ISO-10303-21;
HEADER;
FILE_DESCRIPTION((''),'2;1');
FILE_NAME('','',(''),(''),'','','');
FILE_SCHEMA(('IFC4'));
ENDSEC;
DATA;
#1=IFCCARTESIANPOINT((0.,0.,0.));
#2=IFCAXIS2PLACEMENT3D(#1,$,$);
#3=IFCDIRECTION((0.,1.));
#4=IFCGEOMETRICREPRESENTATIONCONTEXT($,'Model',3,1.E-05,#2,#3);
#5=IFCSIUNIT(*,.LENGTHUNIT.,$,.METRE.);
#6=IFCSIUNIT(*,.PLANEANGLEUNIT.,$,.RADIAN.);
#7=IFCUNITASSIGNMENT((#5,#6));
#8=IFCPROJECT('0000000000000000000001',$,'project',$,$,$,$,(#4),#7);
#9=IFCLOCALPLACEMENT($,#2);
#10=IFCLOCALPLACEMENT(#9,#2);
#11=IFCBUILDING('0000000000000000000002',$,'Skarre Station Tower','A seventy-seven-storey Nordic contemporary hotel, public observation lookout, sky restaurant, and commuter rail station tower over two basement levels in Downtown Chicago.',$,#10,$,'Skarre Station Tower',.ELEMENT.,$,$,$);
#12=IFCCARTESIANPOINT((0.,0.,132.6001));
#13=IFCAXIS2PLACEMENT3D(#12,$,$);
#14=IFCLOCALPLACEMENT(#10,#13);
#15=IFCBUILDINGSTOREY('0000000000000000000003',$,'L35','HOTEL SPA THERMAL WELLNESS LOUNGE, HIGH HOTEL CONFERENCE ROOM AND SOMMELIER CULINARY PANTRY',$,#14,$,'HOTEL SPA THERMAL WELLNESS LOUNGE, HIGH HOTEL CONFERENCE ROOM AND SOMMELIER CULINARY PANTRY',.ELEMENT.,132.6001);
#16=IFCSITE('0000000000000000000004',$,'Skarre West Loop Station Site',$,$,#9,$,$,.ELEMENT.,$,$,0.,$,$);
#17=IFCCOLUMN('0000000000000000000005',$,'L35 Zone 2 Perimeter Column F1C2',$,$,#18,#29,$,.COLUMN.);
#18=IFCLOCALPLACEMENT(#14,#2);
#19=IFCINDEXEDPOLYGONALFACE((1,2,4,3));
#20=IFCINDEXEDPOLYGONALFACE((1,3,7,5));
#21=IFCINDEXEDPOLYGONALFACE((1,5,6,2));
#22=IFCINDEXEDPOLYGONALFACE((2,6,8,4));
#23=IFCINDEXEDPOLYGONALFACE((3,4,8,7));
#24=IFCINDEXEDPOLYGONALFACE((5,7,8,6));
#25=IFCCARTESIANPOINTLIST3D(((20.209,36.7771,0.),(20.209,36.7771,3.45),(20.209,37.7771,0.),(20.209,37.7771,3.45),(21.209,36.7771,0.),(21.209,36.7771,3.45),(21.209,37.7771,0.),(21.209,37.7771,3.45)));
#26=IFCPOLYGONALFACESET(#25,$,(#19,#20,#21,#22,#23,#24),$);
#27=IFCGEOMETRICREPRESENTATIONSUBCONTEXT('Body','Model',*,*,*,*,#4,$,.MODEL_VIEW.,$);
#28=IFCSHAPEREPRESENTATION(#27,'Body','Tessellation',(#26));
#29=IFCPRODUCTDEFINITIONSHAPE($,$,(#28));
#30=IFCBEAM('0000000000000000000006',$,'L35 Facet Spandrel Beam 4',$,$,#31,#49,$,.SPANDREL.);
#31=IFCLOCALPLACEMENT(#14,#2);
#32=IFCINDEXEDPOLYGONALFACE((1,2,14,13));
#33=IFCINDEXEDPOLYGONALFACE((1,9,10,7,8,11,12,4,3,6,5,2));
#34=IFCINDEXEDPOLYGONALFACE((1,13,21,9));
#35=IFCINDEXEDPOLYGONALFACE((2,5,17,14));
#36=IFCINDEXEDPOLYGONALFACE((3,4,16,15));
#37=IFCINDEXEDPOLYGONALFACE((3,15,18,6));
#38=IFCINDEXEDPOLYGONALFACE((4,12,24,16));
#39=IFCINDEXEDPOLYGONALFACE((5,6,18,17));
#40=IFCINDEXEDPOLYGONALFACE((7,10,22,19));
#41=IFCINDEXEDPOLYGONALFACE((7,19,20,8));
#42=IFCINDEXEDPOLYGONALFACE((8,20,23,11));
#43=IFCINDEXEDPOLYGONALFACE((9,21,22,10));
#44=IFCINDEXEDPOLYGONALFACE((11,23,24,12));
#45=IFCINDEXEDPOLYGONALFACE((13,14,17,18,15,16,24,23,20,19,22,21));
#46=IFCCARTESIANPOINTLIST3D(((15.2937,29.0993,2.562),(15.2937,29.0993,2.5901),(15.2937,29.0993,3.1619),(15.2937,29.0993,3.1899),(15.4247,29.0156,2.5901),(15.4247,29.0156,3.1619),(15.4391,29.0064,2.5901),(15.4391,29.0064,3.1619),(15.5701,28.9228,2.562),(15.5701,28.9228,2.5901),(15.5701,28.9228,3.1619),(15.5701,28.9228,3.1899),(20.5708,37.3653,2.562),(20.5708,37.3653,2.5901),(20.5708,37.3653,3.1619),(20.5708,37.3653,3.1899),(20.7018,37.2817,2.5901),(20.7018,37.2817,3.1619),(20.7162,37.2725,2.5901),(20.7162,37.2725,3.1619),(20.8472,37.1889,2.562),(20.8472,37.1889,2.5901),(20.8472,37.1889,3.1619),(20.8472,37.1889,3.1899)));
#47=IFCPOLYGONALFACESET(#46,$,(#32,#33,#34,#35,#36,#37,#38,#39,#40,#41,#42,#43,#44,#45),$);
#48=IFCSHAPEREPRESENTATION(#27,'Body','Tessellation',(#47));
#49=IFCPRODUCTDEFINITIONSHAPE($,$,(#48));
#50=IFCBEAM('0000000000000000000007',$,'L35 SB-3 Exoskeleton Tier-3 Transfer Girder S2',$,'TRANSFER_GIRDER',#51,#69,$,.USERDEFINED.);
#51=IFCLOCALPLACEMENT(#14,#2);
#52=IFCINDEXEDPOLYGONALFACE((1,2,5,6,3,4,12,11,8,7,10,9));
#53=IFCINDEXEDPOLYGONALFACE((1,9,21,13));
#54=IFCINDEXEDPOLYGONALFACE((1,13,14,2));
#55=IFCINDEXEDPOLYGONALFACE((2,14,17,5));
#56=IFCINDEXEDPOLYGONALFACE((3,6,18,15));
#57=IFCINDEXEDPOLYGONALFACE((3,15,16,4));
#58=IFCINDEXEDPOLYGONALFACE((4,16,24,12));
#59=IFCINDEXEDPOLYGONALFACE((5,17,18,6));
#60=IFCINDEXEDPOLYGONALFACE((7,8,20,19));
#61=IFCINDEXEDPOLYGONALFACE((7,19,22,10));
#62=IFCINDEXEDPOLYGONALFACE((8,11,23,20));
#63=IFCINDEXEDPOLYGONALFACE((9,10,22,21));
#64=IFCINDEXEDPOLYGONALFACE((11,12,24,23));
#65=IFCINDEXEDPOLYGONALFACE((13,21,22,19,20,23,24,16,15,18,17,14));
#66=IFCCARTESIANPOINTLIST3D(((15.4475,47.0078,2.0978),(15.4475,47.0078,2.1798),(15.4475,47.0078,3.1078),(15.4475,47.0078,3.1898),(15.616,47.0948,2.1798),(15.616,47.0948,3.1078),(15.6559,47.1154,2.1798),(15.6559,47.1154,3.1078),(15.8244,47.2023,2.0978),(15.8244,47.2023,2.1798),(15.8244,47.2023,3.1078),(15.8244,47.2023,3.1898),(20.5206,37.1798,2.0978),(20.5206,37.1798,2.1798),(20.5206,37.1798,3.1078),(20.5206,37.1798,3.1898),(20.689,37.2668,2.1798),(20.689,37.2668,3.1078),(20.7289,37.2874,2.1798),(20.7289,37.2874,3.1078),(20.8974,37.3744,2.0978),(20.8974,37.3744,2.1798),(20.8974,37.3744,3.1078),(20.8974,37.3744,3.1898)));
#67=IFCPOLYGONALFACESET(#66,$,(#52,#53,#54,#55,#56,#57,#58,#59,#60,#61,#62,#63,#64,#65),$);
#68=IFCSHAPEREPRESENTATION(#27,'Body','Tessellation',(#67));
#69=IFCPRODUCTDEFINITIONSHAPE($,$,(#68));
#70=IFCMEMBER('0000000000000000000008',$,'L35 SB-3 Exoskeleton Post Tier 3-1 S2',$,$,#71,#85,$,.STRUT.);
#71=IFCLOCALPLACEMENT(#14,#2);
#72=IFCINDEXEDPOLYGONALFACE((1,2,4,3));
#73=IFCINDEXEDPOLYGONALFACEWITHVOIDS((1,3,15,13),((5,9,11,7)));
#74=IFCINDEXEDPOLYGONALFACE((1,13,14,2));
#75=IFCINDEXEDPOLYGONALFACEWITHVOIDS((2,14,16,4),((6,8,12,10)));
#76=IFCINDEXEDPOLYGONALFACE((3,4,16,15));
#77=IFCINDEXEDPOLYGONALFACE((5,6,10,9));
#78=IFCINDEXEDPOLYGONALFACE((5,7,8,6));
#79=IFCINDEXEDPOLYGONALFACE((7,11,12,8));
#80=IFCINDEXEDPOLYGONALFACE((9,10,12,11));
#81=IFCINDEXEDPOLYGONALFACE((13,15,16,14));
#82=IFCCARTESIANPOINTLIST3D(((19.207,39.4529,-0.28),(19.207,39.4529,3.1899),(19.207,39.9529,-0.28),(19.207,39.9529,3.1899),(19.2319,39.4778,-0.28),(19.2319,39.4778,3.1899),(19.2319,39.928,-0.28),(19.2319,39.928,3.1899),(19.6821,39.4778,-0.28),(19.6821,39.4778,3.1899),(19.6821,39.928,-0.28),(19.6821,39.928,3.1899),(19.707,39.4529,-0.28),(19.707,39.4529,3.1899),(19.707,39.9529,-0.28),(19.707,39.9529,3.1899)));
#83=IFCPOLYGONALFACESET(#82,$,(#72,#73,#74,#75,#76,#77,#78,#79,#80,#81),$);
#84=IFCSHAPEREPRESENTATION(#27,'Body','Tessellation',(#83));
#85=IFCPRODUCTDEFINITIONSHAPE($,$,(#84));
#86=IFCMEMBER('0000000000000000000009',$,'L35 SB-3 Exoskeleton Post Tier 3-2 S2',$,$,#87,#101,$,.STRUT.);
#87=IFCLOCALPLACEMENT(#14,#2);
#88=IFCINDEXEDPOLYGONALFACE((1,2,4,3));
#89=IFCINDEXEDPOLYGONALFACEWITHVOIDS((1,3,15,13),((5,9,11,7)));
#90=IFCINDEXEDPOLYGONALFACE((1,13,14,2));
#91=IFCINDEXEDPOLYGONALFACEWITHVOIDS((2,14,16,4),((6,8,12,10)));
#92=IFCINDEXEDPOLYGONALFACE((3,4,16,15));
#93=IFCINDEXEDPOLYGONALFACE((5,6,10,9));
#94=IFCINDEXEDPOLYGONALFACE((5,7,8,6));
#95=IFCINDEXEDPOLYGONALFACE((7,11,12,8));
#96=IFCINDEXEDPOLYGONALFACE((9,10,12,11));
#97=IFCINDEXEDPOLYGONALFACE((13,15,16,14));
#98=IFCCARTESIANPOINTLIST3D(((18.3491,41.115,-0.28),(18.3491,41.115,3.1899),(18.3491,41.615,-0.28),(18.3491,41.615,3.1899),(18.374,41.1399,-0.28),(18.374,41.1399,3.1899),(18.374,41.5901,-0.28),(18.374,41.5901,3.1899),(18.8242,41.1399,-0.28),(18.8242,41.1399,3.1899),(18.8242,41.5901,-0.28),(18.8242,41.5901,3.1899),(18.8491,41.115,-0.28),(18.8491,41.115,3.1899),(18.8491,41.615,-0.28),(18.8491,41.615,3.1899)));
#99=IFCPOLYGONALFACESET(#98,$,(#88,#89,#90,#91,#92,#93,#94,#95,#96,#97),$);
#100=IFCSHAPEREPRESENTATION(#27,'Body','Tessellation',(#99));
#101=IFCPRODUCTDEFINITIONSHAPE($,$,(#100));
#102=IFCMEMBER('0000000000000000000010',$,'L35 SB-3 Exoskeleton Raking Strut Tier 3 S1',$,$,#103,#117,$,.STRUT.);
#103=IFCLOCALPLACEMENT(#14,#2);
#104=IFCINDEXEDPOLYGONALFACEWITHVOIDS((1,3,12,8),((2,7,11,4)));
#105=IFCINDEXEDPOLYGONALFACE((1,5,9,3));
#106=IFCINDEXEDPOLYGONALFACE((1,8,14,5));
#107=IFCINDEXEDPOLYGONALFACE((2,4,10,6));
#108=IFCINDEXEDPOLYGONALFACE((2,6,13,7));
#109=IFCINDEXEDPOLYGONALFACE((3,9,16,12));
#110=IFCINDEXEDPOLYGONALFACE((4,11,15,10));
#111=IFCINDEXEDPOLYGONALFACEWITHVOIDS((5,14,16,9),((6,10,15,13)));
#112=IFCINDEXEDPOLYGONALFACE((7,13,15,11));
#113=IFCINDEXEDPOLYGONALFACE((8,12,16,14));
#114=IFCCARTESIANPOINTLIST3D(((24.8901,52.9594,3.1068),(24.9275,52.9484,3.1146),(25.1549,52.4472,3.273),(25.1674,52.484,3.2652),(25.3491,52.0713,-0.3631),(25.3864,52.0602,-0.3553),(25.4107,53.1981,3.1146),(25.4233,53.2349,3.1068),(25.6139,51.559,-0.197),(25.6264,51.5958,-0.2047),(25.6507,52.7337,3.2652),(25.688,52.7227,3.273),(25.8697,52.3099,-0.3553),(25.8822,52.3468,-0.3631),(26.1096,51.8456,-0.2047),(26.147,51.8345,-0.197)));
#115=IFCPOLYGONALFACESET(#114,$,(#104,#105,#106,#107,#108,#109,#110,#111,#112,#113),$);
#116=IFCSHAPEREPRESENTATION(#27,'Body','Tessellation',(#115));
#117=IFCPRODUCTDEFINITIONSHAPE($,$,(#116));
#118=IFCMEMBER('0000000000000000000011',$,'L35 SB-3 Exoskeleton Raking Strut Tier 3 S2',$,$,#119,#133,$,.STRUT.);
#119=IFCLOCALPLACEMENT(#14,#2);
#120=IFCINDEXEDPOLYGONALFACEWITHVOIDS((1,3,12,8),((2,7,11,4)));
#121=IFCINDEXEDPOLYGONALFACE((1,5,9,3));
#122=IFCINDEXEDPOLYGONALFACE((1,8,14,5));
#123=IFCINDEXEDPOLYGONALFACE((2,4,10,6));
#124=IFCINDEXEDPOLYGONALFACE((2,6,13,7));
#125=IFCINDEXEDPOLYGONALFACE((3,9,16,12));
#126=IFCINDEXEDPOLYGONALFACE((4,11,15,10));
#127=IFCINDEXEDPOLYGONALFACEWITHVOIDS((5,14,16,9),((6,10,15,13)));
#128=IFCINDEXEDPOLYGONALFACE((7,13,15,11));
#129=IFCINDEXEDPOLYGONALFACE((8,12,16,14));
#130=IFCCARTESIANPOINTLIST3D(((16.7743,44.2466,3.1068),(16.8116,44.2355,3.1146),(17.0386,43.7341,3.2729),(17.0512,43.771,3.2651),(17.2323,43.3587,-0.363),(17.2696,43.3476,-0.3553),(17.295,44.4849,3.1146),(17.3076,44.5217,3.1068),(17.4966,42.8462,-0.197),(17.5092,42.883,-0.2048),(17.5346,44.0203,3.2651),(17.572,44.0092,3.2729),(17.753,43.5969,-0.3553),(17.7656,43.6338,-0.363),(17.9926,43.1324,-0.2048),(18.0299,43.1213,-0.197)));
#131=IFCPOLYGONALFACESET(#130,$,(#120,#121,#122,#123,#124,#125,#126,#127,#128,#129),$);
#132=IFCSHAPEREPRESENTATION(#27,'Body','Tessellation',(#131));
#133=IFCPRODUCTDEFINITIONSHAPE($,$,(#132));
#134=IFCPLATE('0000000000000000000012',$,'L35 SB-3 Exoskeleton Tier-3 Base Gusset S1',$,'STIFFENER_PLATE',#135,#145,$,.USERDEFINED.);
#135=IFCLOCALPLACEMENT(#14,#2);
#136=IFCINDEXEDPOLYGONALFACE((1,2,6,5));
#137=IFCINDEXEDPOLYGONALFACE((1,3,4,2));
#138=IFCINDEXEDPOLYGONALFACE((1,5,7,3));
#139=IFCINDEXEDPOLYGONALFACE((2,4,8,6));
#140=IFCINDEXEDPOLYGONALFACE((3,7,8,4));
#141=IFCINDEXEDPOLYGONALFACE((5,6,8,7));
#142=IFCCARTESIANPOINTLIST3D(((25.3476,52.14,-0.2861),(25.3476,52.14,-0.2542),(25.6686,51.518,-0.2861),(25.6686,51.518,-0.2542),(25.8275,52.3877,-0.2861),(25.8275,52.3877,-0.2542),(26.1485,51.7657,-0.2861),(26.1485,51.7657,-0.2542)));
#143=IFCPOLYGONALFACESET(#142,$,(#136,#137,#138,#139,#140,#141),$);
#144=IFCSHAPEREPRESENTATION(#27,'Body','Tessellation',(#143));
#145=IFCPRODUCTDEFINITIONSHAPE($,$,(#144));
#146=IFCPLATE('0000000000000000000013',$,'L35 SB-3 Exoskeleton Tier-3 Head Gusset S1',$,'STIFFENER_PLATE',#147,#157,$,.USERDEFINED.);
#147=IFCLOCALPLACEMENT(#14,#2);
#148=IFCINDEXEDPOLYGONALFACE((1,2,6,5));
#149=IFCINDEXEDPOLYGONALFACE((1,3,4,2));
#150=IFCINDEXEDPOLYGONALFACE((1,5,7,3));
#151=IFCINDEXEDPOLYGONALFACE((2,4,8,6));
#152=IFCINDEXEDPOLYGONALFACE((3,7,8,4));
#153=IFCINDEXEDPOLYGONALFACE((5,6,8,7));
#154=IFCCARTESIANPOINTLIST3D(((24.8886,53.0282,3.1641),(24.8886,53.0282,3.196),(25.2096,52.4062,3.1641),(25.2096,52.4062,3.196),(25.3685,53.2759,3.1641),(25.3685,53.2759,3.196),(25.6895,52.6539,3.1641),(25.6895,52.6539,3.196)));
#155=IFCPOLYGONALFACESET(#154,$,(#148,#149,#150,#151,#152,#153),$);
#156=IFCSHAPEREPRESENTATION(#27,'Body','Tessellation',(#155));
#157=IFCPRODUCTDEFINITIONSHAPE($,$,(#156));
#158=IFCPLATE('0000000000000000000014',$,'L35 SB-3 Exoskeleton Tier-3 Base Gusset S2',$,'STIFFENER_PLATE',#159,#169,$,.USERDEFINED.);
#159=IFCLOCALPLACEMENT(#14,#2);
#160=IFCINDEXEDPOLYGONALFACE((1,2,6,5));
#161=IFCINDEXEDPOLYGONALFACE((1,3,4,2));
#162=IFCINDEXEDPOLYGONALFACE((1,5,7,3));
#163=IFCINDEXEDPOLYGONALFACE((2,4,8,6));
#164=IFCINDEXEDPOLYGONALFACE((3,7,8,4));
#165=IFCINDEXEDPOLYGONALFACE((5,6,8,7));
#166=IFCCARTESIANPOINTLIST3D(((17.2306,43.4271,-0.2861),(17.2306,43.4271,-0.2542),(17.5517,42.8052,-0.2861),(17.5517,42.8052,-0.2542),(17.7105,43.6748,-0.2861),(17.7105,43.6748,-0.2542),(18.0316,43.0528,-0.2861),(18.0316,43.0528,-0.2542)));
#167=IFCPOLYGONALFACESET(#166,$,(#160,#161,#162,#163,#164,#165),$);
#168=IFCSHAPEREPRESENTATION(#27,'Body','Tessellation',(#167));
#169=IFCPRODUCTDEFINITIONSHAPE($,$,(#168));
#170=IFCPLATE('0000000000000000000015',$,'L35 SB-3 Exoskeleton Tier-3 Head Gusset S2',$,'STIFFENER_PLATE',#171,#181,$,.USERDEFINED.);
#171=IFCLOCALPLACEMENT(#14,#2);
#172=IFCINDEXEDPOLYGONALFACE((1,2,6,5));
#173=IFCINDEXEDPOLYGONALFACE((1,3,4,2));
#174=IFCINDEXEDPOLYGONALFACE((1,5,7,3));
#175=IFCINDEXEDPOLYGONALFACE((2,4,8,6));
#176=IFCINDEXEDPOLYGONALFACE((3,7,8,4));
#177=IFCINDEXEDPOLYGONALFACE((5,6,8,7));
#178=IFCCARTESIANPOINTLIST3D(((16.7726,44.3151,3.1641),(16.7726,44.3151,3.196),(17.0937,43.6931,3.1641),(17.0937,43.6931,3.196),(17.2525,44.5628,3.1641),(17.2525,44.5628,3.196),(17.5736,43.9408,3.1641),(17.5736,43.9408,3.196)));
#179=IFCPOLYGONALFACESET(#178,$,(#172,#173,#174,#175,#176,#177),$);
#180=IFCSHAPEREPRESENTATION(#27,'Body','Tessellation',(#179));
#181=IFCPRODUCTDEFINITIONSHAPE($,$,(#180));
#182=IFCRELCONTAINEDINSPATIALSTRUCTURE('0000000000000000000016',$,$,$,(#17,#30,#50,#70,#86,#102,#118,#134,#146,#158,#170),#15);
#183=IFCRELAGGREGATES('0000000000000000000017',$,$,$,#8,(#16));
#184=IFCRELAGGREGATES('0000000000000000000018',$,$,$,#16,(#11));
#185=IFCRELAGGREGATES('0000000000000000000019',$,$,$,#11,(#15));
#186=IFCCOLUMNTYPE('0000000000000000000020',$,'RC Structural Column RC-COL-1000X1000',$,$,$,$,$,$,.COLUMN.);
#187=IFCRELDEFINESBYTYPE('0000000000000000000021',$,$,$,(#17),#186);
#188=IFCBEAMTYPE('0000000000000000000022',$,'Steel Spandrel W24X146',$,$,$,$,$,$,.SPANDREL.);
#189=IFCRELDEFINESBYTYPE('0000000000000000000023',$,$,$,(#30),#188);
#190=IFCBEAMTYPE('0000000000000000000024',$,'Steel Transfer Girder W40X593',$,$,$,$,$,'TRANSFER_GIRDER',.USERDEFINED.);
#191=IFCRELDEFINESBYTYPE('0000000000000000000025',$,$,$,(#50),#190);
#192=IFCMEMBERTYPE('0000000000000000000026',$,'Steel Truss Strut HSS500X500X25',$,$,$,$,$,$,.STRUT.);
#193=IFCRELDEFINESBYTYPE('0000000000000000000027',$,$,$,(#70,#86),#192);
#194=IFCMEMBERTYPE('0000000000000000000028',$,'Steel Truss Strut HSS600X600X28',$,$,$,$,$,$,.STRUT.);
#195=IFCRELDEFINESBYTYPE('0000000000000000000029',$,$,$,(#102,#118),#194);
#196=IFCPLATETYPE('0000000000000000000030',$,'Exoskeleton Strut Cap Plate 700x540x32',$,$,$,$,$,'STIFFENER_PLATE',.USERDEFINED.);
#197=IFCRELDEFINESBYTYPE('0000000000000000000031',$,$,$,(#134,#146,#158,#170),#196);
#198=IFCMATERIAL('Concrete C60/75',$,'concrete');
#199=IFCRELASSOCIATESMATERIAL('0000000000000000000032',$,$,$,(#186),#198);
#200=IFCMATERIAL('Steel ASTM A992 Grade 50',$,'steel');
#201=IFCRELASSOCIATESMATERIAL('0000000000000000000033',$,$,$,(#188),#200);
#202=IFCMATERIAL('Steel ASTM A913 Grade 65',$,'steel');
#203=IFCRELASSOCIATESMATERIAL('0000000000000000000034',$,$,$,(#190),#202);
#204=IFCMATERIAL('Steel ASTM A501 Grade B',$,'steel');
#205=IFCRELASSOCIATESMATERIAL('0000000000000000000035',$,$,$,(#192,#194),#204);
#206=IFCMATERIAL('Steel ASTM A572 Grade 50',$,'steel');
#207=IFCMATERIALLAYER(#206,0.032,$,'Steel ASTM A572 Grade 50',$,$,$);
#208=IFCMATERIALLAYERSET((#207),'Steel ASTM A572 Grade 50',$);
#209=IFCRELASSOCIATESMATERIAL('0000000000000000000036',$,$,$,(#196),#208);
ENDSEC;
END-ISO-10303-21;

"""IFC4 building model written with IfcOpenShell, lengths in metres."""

from ifc_helpers import new_model, si_unit, direction, frame, origin, origin_2d, place, context, subcontext, project, spatial, rectangle, hollow_rectangle, i_section, extrude, material, layer, layer_set, material_profile, profile_set, type_object, element, save


model = new_model("IFC4")

# Units and contexts
model_context = context("Model", 3, precision=1e-05, world=origin(), true_north=direction((0.0, 1.0)))
body_context = subcontext(model_context, "Body", "Model", "MODEL_VIEW")
ifc_project = project(units=[si_unit("LENGTHUNIT", "METRE"), si_unit("PLANEANGLEUNIT", "RADIAN")], contexts=[model_context])

# Site, building, storey
site_placement = place(None, origin())
site = spatial("IfcSite", under=ifc_project, at=site_placement, Name="Skarre West Loop Station Site", CompositionType="ELEMENT", RefElevation=0.0)
building_placement = place(site_placement, origin())
building = spatial("IfcBuilding", under=site, at=building_placement, Name="Skarre Station Tower", Description="A seventy-seven-storey Nordic contemporary hotel, public observation lookout, sky restaurant, and commuter rail station tower over two basement levels in Downtown Chicago.", LongName="Skarre Station Tower", CompositionType="ELEMENT")
storey_placement = place(building_placement, frame((0.0, 0.0, 132.6001)))
storey = spatial("IfcBuildingStorey", under=building, at=storey_placement, Name="L35", Description="HOTEL SPA THERMAL WELLNESS LOUNGE, HIGH HOTEL CONFERENCE ROOM AND SOMMELIER CULINARY PANTRY", LongName="HOTEL SPA THERMAL WELLNESS LOUNGE, HIGH HOTEL CONFERENCE ROOM AND SOMMELIER CULINARY PANTRY", CompositionType="ELEMENT", Elevation=132.6001)

# Column
ifc_material_1 = material(Name="Concrete C60/75", Category="concrete")
ifc_material_profile_1 = material_profile(ifc_material_1, rectangle(XDim=1.0, YDim=1.0, at=origin_2d()), Name="Concrete C60/75")
ifc_profile_set_1 = profile_set([ifc_material_profile_1], Name="Concrete C60/75")
column_type = type_object("IfcColumnType", Name="RC Structural Column RC-COL-1000X1000", PredefinedType="COLUMN", material=ifc_profile_set_1)
column_placement = place(storey_placement, frame((20.709, 37.2771, 0.0), z_axis=(0.0, 0.0, 1.0), x_axis=(1.0, 0.0, 0.0)))
element("IfcColumn", 1, at=column_placement, inside=storey, type_object=column_type, Name="L35 Zone 2 Perimeter Column F1C2", PredefinedType="COLUMN", context=body_context, shape_type="SweptSolid", body=[
    extrude(rectangle(XDim=1.0, YDim=1.0, at=origin_2d()), origin(), (0.0, 0.0, 1.0), 3.45),
])

# Beams
ifc_material_2 = material(Name="Steel ASTM A992 Grade 50", Category="steel")
ifc_material_profile_2 = material_profile(ifc_material_2, i_section(OverallWidth=0.3279, OverallDepth=0.6279, WebThickness=0.0171, FlangeThickness=0.0281, at=origin_2d()), Name="Steel ASTM A992 Grade 50")
ifc_profile_set_2 = profile_set([ifc_material_profile_2], Name="Steel ASTM A992 Grade 50")
beam_type_1 = type_object("IfcBeamType", Name="Steel Spandrel W24X146", PredefinedType="SPANDREL", material=ifc_profile_set_2)
beam_1_placement = place(storey_placement, frame((20.709, 37.2771, 2.876), z_axis=(-0.538098, -0.842883, 0.0), x_axis=(0.842883, -0.538098, 0.0)))
element("IfcBeam", 2, at=beam_1_placement, inside=storey, type_object=beam_type_1, Name="L35 Facet Spandrel Beam 4", PredefinedType="SPANDREL", context=body_context, shape_type="SweptSolid", body=[
    extrude(i_section(OverallWidth=0.3279, OverallDepth=0.6279, WebThickness=0.0171, FlangeThickness=0.0281, at=origin_2d()), origin(), (0.0, 0.0, 1.0), 9.8069),
])
ifc_material_3 = material(Name="Steel ASTM A913 Grade 65", Category="steel")
ifc_material_profile_3 = material_profile(ifc_material_3, i_section(OverallWidth=0.4241, OverallDepth=1.092, WebThickness=0.0449, FlangeThickness=0.082, at=origin_2d()), Name="Steel ASTM A913 Grade 65")
ifc_profile_set_3 = profile_set([ifc_material_profile_3], Name="Steel ASTM A913 Grade 65")
beam_type_2 = type_object("IfcBeamType", Name="Steel Transfer Girder W40X593", ElementType="TRANSFER_GIRDER", PredefinedType="USERDEFINED", material=ifc_profile_set_3)
beam_2_placement = place(storey_placement, frame((20.709, 37.2771, 2.6438), z_axis=(-0.458682, 0.888601, 0.0), x_axis=(-0.888601, -0.458682, 0.0)))
element("IfcBeam", 3, at=beam_2_placement, inside=storey, type_object=beam_type_2, Name="L35 SB-3 Exoskeleton Tier-3 Transfer Girder S2", ObjectType="TRANSFER_GIRDER", PredefinedType="USERDEFINED", context=body_context, shape_type="SweptSolid", body=[
    extrude(i_section(OverallWidth=0.4241, OverallDepth=1.092, WebThickness=0.0449, FlangeThickness=0.082, at=origin_2d()), origin(), (0.0, 0.0, 1.0), 11.0601),
])

# Members
ifc_material_4 = material(Name="Steel ASTM A501 Grade B", Category="steel")
ifc_material_profile_4 = material_profile(ifc_material_4, hollow_rectangle(XDim=0.5, YDim=0.5, WallThickness=0.0249, at=origin_2d()), Name="Steel ASTM A501 Grade B")
ifc_profile_set_4 = profile_set([ifc_material_profile_4], Name="Steel ASTM A501 Grade B")
member_type_1 = type_object("IfcMemberType", Name="Steel Truss Strut HSS500X500X25", PredefinedType="STRUT", material=ifc_profile_set_4)
for number, where, z_axis, x_axis, name in (
    (4, (19.457, 39.7029, -0.28), (0.0, 0.0, 1.0), (1.0, 0.0, 0.0), "L35 SB-3 Exoskeleton Post Tier 3-1 S2"),
    (5, (18.5991, 41.365, -0.28), (0.0, 0.0, 1.0), (1.0, 0.0, 0.0), "L35 SB-3 Exoskeleton Post Tier 3-2 S2"),
):
    element("IfcMember", number, at=place(storey_placement, frame(where, z_axis=z_axis, x_axis=x_axis)), inside=storey, type_object=member_type_1, Name=name, PredefinedType="STRUT", context=body_context, shape_type="SweptSolid", body=[
        extrude(hollow_rectangle(XDim=0.5, YDim=0.5, WallThickness=0.0249, at=origin_2d()), origin(), (0.0, 0.0, 1.0), 3.47),
    ])
ifc_material_profile_5 = material_profile(ifc_material_4, hollow_rectangle(XDim=0.6001, YDim=0.6001, WallThickness=0.0281, at=origin_2d()), Name="Steel ASTM A501 Grade B")
ifc_profile_set_5 = profile_set([ifc_material_profile_5], Name="Steel ASTM A501 Grade B")
member_type_2 = type_object("IfcMemberType", Name="Steel Truss Strut HSS600X600X28", PredefinedType="STRUT", material=ifc_profile_set_5)
member_1_placement = place(storey_placement, frame((25.748, 51.9529, -0.28), z_axis=(-0.127103, 0.245957, 0.960911), x_axis=(-0.888389, -0.459091, 0.0)))
element("IfcMember", 6, at=member_1_placement, inside=storey, type_object=member_type_2, Name="L35 SB-3 Exoskeleton Raking Strut Tier 3 S1", PredefinedType="STRUT", context=body_context, shape_type="SweptSolid", body=[
    extrude(hollow_rectangle(XDim=0.6001, YDim=0.6001, WallThickness=0.0281, at=origin_2d()), origin(), (0.0, 0.0, 1.0), 3.6111),
])
member_2_placement = place(storey_placement, frame((17.6311, 43.24, -0.28), z_axis=(-0.126839, 0.245902, 0.96096), x_axis=(-0.888736, -0.458419, 0.0)))
element("IfcMember", 7, at=member_2_placement, inside=storey, type_object=member_type_2, Name="L35 SB-3 Exoskeleton Raking Strut Tier 3 S2", PredefinedType="STRUT", context=body_context, shape_type="SweptSolid", body=[
    extrude(hollow_rectangle(XDim=0.6001, YDim=0.6001, WallThickness=0.0281, at=origin_2d()), origin(), (0.0, 0.0, 1.0), 3.6108),
])

# Plates
ifc_material_5 = material(Name="Steel ASTM A572 Grade 50", Category="steel")
ifc_layer_1 = layer(ifc_material_5, 0.032, Name="Steel ASTM A572 Grade 50")
ifc_layer_set_1 = layer_set([ifc_layer_1], Name="Steel ASTM A572 Grade 50")
plate_type = type_object("IfcPlateType", Name="Exoskeleton Strut Cap Plate 700x540x32", ElementType="STIFFENER_PLATE", PredefinedType="USERDEFINED", material=ifc_layer_set_1)
for number, where, z_axis, x_axis, name in (
    (8, (25.748, 51.9529, -0.2861), (0.0, 0.0, 1.0), (-0.45865, 0.888617, 0.0), "L35 SB-3 Exoskeleton Tier-3 Base Gusset S1"),
    (9, (25.2891, 52.8411, 3.1641), (0.0, 0.0, 1.0), (-0.45865, 0.888617, 0.0), "L35 SB-3 Exoskeleton Tier-3 Head Gusset S1"),
    (10, (17.6311, 43.24, -0.2861), (0.0, 0.0, 1.0), (-0.45865, 0.888617, 0.0), "L35 SB-3 Exoskeleton Tier-3 Base Gusset S2"),
    (11, (17.1731, 44.1279, 3.1641), (0.0, 0.0, 1.0), (-0.45865, 0.888617, 0.0), "L35 SB-3 Exoskeleton Tier-3 Head Gusset S2"),
):
    element("IfcPlate", number, at=place(storey_placement, frame(where, z_axis=z_axis, x_axis=x_axis)), inside=storey, type_object=plate_type, Name=name, ObjectType="STIFFENER_PLATE", PredefinedType="USERDEFINED", context=body_context, shape_type="SweptSolid", body=[
        extrude(rectangle(XDim=0.7, YDim=0.54, at=origin_2d()), origin(), (0.0, 0.0, 1.0), 0.032),
    ])

save(model, "model.ifc")
